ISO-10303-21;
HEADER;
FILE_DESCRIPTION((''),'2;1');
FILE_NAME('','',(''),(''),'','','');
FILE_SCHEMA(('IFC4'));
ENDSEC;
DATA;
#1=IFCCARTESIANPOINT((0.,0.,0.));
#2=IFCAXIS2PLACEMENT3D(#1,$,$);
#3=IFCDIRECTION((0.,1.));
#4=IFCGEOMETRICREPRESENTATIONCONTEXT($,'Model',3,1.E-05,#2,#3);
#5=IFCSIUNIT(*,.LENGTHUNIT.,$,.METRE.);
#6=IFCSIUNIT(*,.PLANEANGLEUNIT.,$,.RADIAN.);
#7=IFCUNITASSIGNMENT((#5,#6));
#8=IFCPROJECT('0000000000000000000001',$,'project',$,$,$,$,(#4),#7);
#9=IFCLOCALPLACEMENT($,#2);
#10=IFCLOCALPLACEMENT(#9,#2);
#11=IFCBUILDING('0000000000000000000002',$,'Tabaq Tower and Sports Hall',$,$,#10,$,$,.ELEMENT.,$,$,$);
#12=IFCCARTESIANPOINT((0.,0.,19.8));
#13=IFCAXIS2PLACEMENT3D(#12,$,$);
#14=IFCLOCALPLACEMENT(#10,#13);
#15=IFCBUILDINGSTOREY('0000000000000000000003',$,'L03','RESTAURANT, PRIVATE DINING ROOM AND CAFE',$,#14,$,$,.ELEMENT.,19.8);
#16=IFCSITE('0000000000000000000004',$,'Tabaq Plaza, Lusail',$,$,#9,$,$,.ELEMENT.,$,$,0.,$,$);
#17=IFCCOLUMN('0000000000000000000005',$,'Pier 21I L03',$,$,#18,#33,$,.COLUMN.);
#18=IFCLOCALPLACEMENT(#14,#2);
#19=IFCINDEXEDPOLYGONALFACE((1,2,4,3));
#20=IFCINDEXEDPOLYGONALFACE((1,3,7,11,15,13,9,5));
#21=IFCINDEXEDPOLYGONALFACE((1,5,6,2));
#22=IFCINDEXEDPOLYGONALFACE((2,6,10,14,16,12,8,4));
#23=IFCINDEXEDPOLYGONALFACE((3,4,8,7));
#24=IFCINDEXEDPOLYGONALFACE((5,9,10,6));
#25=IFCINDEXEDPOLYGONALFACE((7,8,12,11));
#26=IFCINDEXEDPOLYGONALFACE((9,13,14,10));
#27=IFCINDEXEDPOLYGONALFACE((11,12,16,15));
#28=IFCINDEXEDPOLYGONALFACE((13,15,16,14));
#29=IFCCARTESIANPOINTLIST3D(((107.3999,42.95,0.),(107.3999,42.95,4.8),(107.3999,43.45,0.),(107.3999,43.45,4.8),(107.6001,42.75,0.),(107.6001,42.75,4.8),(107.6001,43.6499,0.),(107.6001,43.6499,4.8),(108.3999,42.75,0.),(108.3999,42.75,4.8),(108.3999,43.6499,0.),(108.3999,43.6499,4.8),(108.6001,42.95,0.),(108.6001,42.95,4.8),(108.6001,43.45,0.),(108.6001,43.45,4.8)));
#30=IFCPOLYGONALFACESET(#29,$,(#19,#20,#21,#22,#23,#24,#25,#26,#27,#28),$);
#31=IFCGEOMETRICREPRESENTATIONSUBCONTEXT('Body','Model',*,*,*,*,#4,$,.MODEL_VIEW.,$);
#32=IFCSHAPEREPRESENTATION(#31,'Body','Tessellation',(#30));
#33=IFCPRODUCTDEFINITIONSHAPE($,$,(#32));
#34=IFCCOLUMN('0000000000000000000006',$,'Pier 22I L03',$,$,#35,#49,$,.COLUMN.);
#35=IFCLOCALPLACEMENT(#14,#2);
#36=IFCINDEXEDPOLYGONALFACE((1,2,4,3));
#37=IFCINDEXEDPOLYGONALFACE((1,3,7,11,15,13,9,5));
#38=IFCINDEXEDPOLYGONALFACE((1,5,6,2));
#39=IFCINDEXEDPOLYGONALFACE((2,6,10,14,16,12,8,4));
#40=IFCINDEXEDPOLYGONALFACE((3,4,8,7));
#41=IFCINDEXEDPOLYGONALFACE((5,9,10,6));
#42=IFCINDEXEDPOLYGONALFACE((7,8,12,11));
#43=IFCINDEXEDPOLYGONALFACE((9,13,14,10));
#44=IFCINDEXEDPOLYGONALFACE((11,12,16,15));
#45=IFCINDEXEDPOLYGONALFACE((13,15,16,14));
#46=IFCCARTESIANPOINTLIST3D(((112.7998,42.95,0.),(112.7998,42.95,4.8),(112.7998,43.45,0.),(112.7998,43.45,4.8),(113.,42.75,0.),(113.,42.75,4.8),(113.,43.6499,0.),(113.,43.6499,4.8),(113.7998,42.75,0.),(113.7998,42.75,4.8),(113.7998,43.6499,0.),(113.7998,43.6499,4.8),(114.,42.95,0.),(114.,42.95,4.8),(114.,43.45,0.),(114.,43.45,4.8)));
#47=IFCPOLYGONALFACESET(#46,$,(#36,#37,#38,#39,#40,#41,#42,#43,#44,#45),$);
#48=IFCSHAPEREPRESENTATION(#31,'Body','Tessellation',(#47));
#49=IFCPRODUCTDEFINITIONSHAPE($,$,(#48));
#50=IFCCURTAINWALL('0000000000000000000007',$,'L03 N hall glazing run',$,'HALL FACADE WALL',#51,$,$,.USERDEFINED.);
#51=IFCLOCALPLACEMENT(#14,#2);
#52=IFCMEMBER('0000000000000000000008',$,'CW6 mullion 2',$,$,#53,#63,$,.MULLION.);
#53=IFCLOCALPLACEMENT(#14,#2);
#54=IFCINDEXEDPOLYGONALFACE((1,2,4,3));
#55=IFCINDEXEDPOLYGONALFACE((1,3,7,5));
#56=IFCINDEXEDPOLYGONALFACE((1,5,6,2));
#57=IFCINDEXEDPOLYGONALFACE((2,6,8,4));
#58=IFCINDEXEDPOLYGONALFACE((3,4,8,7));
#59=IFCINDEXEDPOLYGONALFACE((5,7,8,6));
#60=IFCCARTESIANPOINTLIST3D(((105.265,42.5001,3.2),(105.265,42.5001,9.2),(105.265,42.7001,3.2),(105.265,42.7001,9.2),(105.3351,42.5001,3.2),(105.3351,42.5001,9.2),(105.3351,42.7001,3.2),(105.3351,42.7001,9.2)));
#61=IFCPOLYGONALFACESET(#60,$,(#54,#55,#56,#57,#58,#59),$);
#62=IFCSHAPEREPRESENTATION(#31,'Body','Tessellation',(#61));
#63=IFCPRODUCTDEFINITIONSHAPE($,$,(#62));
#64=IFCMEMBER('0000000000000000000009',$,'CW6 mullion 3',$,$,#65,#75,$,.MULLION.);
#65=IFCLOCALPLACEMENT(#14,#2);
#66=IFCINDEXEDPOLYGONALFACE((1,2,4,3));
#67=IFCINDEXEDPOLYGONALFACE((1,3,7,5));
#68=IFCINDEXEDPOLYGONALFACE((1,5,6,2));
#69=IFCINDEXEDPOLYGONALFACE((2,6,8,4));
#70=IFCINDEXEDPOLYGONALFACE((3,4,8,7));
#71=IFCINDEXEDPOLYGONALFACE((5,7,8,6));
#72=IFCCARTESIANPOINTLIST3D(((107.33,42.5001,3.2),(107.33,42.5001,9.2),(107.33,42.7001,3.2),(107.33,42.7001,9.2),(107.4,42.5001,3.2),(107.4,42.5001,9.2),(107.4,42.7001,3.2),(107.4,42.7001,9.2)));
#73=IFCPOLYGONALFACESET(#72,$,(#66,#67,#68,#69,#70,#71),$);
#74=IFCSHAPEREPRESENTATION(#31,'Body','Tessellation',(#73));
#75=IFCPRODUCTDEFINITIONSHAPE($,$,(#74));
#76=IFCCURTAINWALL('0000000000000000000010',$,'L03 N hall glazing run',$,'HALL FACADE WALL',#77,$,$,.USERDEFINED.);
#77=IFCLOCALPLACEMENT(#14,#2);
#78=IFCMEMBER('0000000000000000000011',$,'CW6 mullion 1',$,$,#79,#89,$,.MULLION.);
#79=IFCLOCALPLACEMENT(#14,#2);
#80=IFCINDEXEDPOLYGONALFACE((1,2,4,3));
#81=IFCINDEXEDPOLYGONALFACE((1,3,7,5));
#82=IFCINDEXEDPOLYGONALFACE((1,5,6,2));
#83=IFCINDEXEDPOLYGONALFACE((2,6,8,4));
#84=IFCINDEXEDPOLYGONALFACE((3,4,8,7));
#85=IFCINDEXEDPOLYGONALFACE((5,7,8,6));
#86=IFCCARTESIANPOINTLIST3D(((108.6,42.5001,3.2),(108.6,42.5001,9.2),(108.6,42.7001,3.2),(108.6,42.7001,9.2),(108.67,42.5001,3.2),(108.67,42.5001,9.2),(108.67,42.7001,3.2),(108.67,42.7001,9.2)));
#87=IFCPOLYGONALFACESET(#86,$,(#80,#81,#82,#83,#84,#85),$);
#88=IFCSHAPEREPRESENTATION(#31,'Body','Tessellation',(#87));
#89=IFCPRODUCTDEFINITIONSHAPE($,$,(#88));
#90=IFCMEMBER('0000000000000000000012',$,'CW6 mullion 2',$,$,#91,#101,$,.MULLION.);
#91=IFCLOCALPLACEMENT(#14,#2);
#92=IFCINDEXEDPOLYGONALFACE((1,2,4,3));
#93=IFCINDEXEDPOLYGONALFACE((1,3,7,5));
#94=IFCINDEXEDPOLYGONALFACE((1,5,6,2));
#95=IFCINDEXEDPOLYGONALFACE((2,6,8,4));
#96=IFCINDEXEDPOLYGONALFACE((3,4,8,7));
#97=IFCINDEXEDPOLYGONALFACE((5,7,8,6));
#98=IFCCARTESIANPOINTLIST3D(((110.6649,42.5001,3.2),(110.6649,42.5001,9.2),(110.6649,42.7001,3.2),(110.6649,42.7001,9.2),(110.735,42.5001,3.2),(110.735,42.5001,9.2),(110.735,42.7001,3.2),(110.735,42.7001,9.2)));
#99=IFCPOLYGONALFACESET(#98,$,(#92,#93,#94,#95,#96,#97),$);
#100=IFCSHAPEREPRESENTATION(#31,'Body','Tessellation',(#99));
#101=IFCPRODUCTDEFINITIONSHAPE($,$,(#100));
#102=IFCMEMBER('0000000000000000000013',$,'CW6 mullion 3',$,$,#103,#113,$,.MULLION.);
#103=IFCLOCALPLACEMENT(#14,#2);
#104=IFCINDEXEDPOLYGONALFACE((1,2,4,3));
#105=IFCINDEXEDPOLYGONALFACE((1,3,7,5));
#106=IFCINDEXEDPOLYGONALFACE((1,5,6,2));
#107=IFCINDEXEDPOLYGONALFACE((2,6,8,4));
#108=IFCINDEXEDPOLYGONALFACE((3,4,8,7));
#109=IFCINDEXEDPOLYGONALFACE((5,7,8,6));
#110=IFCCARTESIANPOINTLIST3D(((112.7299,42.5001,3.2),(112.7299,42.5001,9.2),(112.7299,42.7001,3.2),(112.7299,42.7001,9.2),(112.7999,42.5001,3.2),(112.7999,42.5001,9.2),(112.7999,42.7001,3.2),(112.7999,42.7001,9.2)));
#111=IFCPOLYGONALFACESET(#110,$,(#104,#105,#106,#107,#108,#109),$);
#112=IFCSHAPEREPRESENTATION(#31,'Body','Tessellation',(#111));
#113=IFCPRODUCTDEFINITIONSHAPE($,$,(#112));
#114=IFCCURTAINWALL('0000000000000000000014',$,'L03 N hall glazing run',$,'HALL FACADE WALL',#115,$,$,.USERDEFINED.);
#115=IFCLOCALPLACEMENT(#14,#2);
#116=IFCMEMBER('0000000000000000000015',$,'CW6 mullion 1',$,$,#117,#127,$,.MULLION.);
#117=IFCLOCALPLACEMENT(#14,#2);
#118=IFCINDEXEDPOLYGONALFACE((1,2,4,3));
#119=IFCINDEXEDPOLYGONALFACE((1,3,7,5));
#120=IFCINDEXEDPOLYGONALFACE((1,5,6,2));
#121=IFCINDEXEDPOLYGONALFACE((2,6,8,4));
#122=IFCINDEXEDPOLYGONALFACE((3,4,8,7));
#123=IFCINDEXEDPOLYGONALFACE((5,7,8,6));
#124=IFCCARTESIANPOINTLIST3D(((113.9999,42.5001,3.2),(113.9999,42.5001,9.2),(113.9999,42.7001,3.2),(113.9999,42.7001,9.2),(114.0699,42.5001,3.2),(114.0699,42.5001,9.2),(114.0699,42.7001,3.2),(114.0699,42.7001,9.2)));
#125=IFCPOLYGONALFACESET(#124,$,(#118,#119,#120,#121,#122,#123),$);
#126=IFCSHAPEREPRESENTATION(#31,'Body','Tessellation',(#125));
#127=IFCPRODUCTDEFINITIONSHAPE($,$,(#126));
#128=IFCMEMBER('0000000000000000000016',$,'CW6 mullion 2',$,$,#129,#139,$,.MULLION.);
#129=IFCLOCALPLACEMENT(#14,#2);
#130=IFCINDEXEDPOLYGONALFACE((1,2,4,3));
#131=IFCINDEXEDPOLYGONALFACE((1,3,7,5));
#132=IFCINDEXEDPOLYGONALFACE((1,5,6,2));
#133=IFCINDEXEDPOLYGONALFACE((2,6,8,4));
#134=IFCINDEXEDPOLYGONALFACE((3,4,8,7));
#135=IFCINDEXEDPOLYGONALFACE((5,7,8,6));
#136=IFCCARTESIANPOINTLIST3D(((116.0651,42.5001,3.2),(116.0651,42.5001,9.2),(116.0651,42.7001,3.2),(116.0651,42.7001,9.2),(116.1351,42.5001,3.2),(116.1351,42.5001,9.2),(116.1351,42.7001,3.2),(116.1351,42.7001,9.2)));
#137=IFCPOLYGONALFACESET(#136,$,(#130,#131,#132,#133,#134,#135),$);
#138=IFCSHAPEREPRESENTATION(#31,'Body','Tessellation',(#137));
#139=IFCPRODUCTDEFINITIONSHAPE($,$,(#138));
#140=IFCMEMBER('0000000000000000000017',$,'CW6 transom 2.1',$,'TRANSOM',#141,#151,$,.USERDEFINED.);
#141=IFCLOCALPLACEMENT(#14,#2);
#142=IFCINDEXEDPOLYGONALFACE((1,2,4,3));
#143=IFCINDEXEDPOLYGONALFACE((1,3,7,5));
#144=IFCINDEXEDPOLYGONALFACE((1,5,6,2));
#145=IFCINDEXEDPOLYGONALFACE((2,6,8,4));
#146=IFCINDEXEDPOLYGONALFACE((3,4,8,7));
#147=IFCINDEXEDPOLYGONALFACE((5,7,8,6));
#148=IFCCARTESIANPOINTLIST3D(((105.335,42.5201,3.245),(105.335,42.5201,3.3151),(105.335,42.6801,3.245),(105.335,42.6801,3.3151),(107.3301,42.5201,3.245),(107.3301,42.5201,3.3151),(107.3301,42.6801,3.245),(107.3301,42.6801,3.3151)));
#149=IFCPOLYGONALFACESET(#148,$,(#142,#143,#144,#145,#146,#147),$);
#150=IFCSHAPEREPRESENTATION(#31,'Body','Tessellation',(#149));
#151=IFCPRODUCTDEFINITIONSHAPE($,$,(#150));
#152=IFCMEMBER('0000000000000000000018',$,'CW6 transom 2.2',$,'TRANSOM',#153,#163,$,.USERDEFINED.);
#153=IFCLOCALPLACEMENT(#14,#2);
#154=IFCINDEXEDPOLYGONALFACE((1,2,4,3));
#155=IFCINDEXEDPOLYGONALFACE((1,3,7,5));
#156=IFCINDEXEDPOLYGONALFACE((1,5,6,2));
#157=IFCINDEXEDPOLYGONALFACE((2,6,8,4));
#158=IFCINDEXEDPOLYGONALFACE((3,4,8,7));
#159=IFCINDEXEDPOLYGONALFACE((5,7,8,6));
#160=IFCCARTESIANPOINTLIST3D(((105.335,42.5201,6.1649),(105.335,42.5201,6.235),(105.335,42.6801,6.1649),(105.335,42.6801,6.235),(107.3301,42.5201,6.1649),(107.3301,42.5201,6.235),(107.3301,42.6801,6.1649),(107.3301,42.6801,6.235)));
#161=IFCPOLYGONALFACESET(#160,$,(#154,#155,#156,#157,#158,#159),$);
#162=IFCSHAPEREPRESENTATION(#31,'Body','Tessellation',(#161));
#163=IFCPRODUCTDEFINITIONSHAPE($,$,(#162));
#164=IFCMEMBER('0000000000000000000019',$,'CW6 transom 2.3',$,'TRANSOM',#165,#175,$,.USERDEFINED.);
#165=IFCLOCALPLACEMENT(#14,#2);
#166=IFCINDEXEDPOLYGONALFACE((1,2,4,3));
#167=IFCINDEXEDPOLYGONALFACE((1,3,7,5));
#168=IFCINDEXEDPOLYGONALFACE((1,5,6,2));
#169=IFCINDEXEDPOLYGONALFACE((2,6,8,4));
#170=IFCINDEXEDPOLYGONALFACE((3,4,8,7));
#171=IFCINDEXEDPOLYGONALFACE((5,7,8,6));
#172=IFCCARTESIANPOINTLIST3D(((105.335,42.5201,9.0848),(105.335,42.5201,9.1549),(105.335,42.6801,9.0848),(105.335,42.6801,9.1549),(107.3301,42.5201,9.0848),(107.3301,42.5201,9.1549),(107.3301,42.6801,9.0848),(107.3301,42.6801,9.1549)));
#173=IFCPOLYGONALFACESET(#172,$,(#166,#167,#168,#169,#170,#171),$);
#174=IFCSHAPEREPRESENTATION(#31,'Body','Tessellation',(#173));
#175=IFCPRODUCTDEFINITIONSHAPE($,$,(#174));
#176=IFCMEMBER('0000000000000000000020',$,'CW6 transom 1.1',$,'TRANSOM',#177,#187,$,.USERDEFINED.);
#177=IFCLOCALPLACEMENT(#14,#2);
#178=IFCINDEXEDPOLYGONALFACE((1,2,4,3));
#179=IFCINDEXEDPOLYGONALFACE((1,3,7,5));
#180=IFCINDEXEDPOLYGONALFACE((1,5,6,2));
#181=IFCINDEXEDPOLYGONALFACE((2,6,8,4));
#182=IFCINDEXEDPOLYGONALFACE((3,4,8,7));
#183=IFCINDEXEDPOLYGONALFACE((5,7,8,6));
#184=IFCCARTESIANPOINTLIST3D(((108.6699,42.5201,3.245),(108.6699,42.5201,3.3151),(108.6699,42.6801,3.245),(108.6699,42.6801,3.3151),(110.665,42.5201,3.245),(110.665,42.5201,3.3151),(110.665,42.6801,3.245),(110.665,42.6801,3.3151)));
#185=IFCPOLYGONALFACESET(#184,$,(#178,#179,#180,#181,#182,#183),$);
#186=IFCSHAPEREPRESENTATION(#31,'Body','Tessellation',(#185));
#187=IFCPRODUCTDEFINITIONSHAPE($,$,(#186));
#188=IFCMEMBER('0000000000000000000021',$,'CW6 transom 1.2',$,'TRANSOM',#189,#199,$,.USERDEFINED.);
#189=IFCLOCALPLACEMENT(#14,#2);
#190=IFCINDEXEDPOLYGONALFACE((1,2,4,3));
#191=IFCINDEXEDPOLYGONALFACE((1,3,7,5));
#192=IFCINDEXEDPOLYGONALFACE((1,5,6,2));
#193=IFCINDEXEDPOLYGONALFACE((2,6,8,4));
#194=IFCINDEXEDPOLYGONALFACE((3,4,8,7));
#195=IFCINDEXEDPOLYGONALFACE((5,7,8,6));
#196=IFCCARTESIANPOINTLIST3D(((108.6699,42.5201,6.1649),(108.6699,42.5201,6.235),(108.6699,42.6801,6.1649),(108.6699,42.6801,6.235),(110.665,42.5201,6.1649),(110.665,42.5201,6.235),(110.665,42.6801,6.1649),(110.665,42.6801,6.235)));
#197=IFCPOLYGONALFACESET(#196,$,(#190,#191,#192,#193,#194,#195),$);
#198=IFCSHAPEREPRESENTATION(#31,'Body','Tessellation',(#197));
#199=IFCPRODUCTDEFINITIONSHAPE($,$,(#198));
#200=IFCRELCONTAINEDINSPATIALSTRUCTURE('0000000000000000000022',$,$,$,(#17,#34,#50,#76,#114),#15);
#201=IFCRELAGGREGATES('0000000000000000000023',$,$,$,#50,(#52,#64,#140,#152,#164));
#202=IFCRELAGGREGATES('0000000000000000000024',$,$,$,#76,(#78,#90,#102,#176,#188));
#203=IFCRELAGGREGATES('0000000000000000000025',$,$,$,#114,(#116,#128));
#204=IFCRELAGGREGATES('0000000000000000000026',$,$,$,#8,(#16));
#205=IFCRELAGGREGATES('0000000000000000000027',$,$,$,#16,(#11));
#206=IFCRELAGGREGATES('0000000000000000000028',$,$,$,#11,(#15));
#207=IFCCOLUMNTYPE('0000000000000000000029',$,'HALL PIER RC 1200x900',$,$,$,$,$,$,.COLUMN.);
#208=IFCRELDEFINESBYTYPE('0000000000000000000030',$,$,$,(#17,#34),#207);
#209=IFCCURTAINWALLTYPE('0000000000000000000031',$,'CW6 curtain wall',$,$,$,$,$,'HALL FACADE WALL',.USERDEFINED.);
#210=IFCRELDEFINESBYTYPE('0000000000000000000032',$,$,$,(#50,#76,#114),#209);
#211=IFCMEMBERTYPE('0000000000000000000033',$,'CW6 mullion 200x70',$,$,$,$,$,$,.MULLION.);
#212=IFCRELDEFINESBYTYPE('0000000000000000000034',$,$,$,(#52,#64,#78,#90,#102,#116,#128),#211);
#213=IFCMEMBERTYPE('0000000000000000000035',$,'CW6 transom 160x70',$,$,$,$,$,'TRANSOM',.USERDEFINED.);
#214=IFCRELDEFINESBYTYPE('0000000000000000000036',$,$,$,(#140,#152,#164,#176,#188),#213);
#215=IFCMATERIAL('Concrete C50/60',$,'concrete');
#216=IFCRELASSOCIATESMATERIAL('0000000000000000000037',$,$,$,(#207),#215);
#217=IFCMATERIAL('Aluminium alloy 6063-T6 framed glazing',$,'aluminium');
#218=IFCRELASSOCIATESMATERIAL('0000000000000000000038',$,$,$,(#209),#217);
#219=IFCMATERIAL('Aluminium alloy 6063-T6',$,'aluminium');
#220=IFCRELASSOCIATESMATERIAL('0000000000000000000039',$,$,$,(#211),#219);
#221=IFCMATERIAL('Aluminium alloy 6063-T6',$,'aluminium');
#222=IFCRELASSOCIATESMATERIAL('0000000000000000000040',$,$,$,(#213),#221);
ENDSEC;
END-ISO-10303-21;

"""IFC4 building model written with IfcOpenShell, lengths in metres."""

from ifc_helpers import new_model, si_unit, direction, frame, origin, origin_2d, place, context, subcontext, project, spatial, polyline, rectangle, outline, extrude, material, material_profile, profile_set, type_object, element, aggregate, save


model = new_model("IFC4")

# Units and contexts
model_context = context("Model", 3, precision=1e-05, world=origin(), true_north=direction((0.0, 1.0)))
body_context = subcontext(model_context, "Body", "Model", "MODEL_VIEW")
ifc_project = project(units=[si_unit("LENGTHUNIT", "METRE"), si_unit("PLANEANGLEUNIT", "RADIAN")], contexts=[model_context])

# Site, building, storey
site_placement = place(None, origin())
site = spatial("IfcSite", under=ifc_project, at=site_placement, Name="Tabaq Plaza, Lusail", CompositionType="ELEMENT", RefElevation=0.0)
building_placement = place(site_placement, origin())
building = spatial("IfcBuilding", under=site, at=building_placement, Name="Tabaq Tower and Sports Hall", CompositionType="ELEMENT")
storey_placement = place(building_placement, frame((0.0, 0.0, 19.8)))
storey = spatial("IfcBuildingStorey", under=building, at=storey_placement, Name="L03", Description="RESTAURANT, PRIVATE DINING ROOM AND CAFE", CompositionType="ELEMENT", Elevation=19.8)

# Columns
ifc_material_1 = material(Name="Concrete C50/60", Category="concrete")
ifc_material_profile_1 = material_profile(ifc_material_1, outline(polyline([(-0.3999, -0.45), (0.3999, -0.45), (0.6001, -0.25), (0.6001, 0.25), (0.3999, 0.45), (-0.3999, 0.45), (-0.6001, 0.25), (-0.6001, -0.25), (-0.3999, -0.45)])), Name="PIER 1200x900")
ifc_profile_set_1 = profile_set([ifc_material_profile_1], Name="Concrete C50/60")
column_type = type_object("IfcColumnType", Name="HALL PIER RC 1200x900", PredefinedType="COLUMN", material=ifc_profile_set_1)
for number, where, z_axis, x_axis, name in (
    (1, (108.0, 43.2, 0.0), (0.0, 0.0, 1.0), (1.0, 0.0, 0.0), "Pier 21I L03"),
    (2, (113.3999, 43.2, 0.0), (0.0, 0.0, 1.0), (1.0, 0.0, 0.0), "Pier 22I L03"),
):
    element("IfcColumn", number, at=place(storey_placement, frame(where, z_axis=z_axis, x_axis=x_axis)), inside=storey, type_object=column_type, Name=name, PredefinedType="COLUMN", context=body_context, shape_type="SweptSolid", body=[
        extrude(outline(polyline([(-0.3999, -0.45), (0.3999, -0.45), (0.6001, -0.25), (0.6001, 0.25), (0.3999, 0.45), (-0.3999, 0.45), (-0.6001, 0.25), (-0.6001, -0.25), (-0.3999, -0.45)])), origin(), (0.0, 0.0, 1.0), 4.8),
    ])

# Curtain walls, members
ifc_material_2 = material(Name="Aluminium alloy 6063-T6 framed glazing", Category="aluminium")
curtain_wall_type = type_object("IfcCurtainWallType", Name="CW6 curtain wall", ElementType="HALL FACADE WALL", PredefinedType="USERDEFINED", material=ifc_material_2)
curtain_wall_1_placement = place(storey_placement, origin())
curtain_wall_1 = element("IfcCurtainWall", 3, at=curtain_wall_1_placement, inside=storey, type_object=curtain_wall_type, Name="L03 N hall glazing run", ObjectType="HALL FACADE WALL", PredefinedType="USERDEFINED")
ifc_material_3 = material(Name="Aluminium alloy 6063-T6", Category="aluminium")
ifc_material_profile_2 = material_profile(ifc_material_3, rectangle(XDim=0.2, YDim=0.0701, at=origin_2d()), Name="MULLION 200x70")
ifc_profile_set_2 = profile_set([ifc_material_profile_2], Name="Aluminium alloy 6063-T6")
member_type_1 = type_object("IfcMemberType", Name="CW6 mullion 200x70", PredefinedType="MULLION", material=ifc_profile_set_2)
member_1_placement = place(storey_placement, frame((105.3, 42.6001, 3.2), z_axis=(0.0, 0.0, 1.0), x_axis=(0.0, 1.0, 0.0)))
member_1 = element("IfcMember", 4, at=member_1_placement, type_object=member_type_1, Name="CW6 mullion 2", PredefinedType="MULLION", context=body_context, shape_type="SweptSolid", body=[
    extrude(rectangle(XDim=0.2, YDim=0.0701, at=origin_2d()), origin(), (0.0, 0.0, 1.0), 6.0),
])
member_2_placement = place(storey_placement, frame((107.365, 42.6001, 3.2), z_axis=(0.0, 0.0, 1.0), x_axis=(0.0, 1.0, 0.0)))
member_2 = element("IfcMember", 5, at=member_2_placement, type_object=member_type_1, Name="CW6 mullion 3", PredefinedType="MULLION", context=body_context, shape_type="SweptSolid", body=[
    extrude(rectangle(XDim=0.2, YDim=0.0701, at=origin_2d()), origin(), (0.0, 0.0, 1.0), 6.0),
])
curtain_wall_2_placement = place(storey_placement, origin())
curtain_wall_2 = element("IfcCurtainWall", 6, at=curtain_wall_2_placement, inside=storey, type_object=curtain_wall_type, Name="L03 N hall glazing run", ObjectType="HALL FACADE WALL", PredefinedType="USERDEFINED")
member_3_placement = place(storey_placement, frame((108.635, 42.6001, 3.2), z_axis=(0.0, 0.0, 1.0), x_axis=(0.0, 1.0, 0.0)))
member_3 = element("IfcMember", 7, at=member_3_placement, type_object=member_type_1, Name="CW6 mullion 1", PredefinedType="MULLION", context=body_context, shape_type="SweptSolid", body=[
    extrude(rectangle(XDim=0.2, YDim=0.0701, at=origin_2d()), origin(), (0.0, 0.0, 1.0), 6.0),
])
member_4_placement = place(storey_placement, frame((110.7, 42.6001, 3.2), z_axis=(0.0, 0.0, 1.0), x_axis=(0.0, 1.0, 0.0)))
member_4 = element("IfcMember", 8, at=member_4_placement, type_object=member_type_1, Name="CW6 mullion 2", PredefinedType="MULLION", context=body_context, shape_type="SweptSolid", body=[
    extrude(rectangle(XDim=0.2, YDim=0.0701, at=origin_2d()), origin(), (0.0, 0.0, 1.0), 6.0),
])
member_5_placement = place(storey_placement, frame((112.7649, 42.6001, 3.2), z_axis=(0.0, 0.0, 1.0), x_axis=(0.0, 1.0, 0.0)))
member_5 = element("IfcMember", 9, at=member_5_placement, type_object=member_type_1, Name="CW6 mullion 3", PredefinedType="MULLION", context=body_context, shape_type="SweptSolid", body=[
    extrude(rectangle(XDim=0.2, YDim=0.0701, at=origin_2d()), origin(), (0.0, 0.0, 1.0), 6.0),
])
curtain_wall_3_placement = place(storey_placement, origin())
curtain_wall_3 = element("IfcCurtainWall", 10, at=curtain_wall_3_placement, inside=storey, type_object=curtain_wall_type, Name="L03 N hall glazing run", ObjectType="HALL FACADE WALL", PredefinedType="USERDEFINED")
member_6_placement = place(storey_placement, frame((114.0349, 42.6001, 3.2), z_axis=(0.0, 0.0, 1.0), x_axis=(0.0, 1.0, 0.0)))
member_6 = element("IfcMember", 11, at=member_6_placement, type_object=member_type_1, Name="CW6 mullion 1", PredefinedType="MULLION", context=body_context, shape_type="SweptSolid", body=[
    extrude(rectangle(XDim=0.2, YDim=0.0701, at=origin_2d()), origin(), (0.0, 0.0, 1.0), 6.0),
])
member_7_placement = place(storey_placement, frame((116.1001, 42.6001, 3.2), z_axis=(0.0, 0.0, 1.0), x_axis=(0.0, 1.0, 0.0)))
member_7 = element("IfcMember", 12, at=member_7_placement, type_object=member_type_1, Name="CW6 mullion 2", PredefinedType="MULLION", context=body_context, shape_type="SweptSolid", body=[
    extrude(rectangle(XDim=0.2, YDim=0.0701, at=origin_2d()), origin(), (0.0, 0.0, 1.0), 6.0),
])

# Members
ifc_material_4 = material(Name="Aluminium alloy 6063-T6", Category="aluminium")
ifc_material_profile_3 = material_profile(ifc_material_4, rectangle(XDim=0.1599, YDim=0.0701, at=origin_2d()), Name="TRANSOM 160x70")
ifc_profile_set_3 = profile_set([ifc_material_profile_3], Name="Aluminium alloy 6063-T6")
member_type_2 = type_object("IfcMemberType", Name="CW6 transom 160x70", ElementType="TRANSOM", PredefinedType="USERDEFINED", material=ifc_profile_set_3)
member_8_placement = place(storey_placement, frame((105.335, 42.6001, 3.28), z_axis=(1.0, 0.0, 0.0), x_axis=(0.0, 1.0, 0.0)))
member_8 = element("IfcMember", 13, at=member_8_placement, type_object=member_type_2, Name="CW6 transom 2.1", ObjectType="TRANSOM", PredefinedType="USERDEFINED", context=body_context, shape_type="SweptSolid", body=[
    extrude(rectangle(XDim=0.1599, YDim=0.0701, at=origin_2d()), origin(), (0.0, 0.0, 1.0), 1.9951),
])
member_9_placement = place(storey_placement, frame((105.335, 42.6001, 6.2), z_axis=(1.0, 0.0, 0.0), x_axis=(0.0, 1.0, 0.0)))
member_9 = element("IfcMember", 14, at=member_9_placement, type_object=member_type_2, Name="CW6 transom 2.2", ObjectType="TRANSOM", PredefinedType="USERDEFINED", context=body_context, shape_type="SweptSolid", body=[
    extrude(rectangle(XDim=0.1599, YDim=0.0701, at=origin_2d()), origin(), (0.0, 0.0, 1.0), 1.9951),
])
member_10_placement = place(storey_placement, frame((105.335, 42.6001, 9.1199), z_axis=(1.0, 0.0, 0.0), x_axis=(0.0, 1.0, 0.0)))
member_10 = element("IfcMember", 15, at=member_10_placement, type_object=member_type_2, Name="CW6 transom 2.3", ObjectType="TRANSOM", PredefinedType="USERDEFINED", context=body_context, shape_type="SweptSolid", body=[
    extrude(rectangle(XDim=0.1599, YDim=0.0701, at=origin_2d()), origin(), (0.0, 0.0, 1.0), 1.9951),
])
member_11_placement = place(storey_placement, frame((108.6699, 42.6001, 3.28), z_axis=(1.0, 0.0, 0.0), x_axis=(0.0, 1.0, 0.0)))
member_11 = element("IfcMember", 16, at=member_11_placement, type_object=member_type_2, Name="CW6 transom 1.1", ObjectType="TRANSOM", PredefinedType="USERDEFINED", context=body_context, shape_type="SweptSolid", body=[
    extrude(rectangle(XDim=0.1599, YDim=0.0701, at=origin_2d()), origin(), (0.0, 0.0, 1.0), 1.9951),
])
member_12_placement = place(storey_placement, frame((108.6699, 42.6001, 6.2), z_axis=(1.0, 0.0, 0.0), x_axis=(0.0, 1.0, 0.0)))
member_12 = element("IfcMember", 17, at=member_12_placement, type_object=member_type_2, Name="CW6 transom 1.2", ObjectType="TRANSOM", PredefinedType="USERDEFINED", context=body_context, shape_type="SweptSolid", body=[
    extrude(rectangle(XDim=0.1599, YDim=0.0701, at=origin_2d()), origin(), (0.0, 0.0, 1.0), 1.9951),
])

aggregate(curtain_wall_1, [member_1, member_2, member_8, member_9, member_10])
aggregate(curtain_wall_2, [member_3, member_4, member_5, member_11, member_12])
aggregate(curtain_wall_3, [member_6, member_7])

save(model, "model.ifc")
